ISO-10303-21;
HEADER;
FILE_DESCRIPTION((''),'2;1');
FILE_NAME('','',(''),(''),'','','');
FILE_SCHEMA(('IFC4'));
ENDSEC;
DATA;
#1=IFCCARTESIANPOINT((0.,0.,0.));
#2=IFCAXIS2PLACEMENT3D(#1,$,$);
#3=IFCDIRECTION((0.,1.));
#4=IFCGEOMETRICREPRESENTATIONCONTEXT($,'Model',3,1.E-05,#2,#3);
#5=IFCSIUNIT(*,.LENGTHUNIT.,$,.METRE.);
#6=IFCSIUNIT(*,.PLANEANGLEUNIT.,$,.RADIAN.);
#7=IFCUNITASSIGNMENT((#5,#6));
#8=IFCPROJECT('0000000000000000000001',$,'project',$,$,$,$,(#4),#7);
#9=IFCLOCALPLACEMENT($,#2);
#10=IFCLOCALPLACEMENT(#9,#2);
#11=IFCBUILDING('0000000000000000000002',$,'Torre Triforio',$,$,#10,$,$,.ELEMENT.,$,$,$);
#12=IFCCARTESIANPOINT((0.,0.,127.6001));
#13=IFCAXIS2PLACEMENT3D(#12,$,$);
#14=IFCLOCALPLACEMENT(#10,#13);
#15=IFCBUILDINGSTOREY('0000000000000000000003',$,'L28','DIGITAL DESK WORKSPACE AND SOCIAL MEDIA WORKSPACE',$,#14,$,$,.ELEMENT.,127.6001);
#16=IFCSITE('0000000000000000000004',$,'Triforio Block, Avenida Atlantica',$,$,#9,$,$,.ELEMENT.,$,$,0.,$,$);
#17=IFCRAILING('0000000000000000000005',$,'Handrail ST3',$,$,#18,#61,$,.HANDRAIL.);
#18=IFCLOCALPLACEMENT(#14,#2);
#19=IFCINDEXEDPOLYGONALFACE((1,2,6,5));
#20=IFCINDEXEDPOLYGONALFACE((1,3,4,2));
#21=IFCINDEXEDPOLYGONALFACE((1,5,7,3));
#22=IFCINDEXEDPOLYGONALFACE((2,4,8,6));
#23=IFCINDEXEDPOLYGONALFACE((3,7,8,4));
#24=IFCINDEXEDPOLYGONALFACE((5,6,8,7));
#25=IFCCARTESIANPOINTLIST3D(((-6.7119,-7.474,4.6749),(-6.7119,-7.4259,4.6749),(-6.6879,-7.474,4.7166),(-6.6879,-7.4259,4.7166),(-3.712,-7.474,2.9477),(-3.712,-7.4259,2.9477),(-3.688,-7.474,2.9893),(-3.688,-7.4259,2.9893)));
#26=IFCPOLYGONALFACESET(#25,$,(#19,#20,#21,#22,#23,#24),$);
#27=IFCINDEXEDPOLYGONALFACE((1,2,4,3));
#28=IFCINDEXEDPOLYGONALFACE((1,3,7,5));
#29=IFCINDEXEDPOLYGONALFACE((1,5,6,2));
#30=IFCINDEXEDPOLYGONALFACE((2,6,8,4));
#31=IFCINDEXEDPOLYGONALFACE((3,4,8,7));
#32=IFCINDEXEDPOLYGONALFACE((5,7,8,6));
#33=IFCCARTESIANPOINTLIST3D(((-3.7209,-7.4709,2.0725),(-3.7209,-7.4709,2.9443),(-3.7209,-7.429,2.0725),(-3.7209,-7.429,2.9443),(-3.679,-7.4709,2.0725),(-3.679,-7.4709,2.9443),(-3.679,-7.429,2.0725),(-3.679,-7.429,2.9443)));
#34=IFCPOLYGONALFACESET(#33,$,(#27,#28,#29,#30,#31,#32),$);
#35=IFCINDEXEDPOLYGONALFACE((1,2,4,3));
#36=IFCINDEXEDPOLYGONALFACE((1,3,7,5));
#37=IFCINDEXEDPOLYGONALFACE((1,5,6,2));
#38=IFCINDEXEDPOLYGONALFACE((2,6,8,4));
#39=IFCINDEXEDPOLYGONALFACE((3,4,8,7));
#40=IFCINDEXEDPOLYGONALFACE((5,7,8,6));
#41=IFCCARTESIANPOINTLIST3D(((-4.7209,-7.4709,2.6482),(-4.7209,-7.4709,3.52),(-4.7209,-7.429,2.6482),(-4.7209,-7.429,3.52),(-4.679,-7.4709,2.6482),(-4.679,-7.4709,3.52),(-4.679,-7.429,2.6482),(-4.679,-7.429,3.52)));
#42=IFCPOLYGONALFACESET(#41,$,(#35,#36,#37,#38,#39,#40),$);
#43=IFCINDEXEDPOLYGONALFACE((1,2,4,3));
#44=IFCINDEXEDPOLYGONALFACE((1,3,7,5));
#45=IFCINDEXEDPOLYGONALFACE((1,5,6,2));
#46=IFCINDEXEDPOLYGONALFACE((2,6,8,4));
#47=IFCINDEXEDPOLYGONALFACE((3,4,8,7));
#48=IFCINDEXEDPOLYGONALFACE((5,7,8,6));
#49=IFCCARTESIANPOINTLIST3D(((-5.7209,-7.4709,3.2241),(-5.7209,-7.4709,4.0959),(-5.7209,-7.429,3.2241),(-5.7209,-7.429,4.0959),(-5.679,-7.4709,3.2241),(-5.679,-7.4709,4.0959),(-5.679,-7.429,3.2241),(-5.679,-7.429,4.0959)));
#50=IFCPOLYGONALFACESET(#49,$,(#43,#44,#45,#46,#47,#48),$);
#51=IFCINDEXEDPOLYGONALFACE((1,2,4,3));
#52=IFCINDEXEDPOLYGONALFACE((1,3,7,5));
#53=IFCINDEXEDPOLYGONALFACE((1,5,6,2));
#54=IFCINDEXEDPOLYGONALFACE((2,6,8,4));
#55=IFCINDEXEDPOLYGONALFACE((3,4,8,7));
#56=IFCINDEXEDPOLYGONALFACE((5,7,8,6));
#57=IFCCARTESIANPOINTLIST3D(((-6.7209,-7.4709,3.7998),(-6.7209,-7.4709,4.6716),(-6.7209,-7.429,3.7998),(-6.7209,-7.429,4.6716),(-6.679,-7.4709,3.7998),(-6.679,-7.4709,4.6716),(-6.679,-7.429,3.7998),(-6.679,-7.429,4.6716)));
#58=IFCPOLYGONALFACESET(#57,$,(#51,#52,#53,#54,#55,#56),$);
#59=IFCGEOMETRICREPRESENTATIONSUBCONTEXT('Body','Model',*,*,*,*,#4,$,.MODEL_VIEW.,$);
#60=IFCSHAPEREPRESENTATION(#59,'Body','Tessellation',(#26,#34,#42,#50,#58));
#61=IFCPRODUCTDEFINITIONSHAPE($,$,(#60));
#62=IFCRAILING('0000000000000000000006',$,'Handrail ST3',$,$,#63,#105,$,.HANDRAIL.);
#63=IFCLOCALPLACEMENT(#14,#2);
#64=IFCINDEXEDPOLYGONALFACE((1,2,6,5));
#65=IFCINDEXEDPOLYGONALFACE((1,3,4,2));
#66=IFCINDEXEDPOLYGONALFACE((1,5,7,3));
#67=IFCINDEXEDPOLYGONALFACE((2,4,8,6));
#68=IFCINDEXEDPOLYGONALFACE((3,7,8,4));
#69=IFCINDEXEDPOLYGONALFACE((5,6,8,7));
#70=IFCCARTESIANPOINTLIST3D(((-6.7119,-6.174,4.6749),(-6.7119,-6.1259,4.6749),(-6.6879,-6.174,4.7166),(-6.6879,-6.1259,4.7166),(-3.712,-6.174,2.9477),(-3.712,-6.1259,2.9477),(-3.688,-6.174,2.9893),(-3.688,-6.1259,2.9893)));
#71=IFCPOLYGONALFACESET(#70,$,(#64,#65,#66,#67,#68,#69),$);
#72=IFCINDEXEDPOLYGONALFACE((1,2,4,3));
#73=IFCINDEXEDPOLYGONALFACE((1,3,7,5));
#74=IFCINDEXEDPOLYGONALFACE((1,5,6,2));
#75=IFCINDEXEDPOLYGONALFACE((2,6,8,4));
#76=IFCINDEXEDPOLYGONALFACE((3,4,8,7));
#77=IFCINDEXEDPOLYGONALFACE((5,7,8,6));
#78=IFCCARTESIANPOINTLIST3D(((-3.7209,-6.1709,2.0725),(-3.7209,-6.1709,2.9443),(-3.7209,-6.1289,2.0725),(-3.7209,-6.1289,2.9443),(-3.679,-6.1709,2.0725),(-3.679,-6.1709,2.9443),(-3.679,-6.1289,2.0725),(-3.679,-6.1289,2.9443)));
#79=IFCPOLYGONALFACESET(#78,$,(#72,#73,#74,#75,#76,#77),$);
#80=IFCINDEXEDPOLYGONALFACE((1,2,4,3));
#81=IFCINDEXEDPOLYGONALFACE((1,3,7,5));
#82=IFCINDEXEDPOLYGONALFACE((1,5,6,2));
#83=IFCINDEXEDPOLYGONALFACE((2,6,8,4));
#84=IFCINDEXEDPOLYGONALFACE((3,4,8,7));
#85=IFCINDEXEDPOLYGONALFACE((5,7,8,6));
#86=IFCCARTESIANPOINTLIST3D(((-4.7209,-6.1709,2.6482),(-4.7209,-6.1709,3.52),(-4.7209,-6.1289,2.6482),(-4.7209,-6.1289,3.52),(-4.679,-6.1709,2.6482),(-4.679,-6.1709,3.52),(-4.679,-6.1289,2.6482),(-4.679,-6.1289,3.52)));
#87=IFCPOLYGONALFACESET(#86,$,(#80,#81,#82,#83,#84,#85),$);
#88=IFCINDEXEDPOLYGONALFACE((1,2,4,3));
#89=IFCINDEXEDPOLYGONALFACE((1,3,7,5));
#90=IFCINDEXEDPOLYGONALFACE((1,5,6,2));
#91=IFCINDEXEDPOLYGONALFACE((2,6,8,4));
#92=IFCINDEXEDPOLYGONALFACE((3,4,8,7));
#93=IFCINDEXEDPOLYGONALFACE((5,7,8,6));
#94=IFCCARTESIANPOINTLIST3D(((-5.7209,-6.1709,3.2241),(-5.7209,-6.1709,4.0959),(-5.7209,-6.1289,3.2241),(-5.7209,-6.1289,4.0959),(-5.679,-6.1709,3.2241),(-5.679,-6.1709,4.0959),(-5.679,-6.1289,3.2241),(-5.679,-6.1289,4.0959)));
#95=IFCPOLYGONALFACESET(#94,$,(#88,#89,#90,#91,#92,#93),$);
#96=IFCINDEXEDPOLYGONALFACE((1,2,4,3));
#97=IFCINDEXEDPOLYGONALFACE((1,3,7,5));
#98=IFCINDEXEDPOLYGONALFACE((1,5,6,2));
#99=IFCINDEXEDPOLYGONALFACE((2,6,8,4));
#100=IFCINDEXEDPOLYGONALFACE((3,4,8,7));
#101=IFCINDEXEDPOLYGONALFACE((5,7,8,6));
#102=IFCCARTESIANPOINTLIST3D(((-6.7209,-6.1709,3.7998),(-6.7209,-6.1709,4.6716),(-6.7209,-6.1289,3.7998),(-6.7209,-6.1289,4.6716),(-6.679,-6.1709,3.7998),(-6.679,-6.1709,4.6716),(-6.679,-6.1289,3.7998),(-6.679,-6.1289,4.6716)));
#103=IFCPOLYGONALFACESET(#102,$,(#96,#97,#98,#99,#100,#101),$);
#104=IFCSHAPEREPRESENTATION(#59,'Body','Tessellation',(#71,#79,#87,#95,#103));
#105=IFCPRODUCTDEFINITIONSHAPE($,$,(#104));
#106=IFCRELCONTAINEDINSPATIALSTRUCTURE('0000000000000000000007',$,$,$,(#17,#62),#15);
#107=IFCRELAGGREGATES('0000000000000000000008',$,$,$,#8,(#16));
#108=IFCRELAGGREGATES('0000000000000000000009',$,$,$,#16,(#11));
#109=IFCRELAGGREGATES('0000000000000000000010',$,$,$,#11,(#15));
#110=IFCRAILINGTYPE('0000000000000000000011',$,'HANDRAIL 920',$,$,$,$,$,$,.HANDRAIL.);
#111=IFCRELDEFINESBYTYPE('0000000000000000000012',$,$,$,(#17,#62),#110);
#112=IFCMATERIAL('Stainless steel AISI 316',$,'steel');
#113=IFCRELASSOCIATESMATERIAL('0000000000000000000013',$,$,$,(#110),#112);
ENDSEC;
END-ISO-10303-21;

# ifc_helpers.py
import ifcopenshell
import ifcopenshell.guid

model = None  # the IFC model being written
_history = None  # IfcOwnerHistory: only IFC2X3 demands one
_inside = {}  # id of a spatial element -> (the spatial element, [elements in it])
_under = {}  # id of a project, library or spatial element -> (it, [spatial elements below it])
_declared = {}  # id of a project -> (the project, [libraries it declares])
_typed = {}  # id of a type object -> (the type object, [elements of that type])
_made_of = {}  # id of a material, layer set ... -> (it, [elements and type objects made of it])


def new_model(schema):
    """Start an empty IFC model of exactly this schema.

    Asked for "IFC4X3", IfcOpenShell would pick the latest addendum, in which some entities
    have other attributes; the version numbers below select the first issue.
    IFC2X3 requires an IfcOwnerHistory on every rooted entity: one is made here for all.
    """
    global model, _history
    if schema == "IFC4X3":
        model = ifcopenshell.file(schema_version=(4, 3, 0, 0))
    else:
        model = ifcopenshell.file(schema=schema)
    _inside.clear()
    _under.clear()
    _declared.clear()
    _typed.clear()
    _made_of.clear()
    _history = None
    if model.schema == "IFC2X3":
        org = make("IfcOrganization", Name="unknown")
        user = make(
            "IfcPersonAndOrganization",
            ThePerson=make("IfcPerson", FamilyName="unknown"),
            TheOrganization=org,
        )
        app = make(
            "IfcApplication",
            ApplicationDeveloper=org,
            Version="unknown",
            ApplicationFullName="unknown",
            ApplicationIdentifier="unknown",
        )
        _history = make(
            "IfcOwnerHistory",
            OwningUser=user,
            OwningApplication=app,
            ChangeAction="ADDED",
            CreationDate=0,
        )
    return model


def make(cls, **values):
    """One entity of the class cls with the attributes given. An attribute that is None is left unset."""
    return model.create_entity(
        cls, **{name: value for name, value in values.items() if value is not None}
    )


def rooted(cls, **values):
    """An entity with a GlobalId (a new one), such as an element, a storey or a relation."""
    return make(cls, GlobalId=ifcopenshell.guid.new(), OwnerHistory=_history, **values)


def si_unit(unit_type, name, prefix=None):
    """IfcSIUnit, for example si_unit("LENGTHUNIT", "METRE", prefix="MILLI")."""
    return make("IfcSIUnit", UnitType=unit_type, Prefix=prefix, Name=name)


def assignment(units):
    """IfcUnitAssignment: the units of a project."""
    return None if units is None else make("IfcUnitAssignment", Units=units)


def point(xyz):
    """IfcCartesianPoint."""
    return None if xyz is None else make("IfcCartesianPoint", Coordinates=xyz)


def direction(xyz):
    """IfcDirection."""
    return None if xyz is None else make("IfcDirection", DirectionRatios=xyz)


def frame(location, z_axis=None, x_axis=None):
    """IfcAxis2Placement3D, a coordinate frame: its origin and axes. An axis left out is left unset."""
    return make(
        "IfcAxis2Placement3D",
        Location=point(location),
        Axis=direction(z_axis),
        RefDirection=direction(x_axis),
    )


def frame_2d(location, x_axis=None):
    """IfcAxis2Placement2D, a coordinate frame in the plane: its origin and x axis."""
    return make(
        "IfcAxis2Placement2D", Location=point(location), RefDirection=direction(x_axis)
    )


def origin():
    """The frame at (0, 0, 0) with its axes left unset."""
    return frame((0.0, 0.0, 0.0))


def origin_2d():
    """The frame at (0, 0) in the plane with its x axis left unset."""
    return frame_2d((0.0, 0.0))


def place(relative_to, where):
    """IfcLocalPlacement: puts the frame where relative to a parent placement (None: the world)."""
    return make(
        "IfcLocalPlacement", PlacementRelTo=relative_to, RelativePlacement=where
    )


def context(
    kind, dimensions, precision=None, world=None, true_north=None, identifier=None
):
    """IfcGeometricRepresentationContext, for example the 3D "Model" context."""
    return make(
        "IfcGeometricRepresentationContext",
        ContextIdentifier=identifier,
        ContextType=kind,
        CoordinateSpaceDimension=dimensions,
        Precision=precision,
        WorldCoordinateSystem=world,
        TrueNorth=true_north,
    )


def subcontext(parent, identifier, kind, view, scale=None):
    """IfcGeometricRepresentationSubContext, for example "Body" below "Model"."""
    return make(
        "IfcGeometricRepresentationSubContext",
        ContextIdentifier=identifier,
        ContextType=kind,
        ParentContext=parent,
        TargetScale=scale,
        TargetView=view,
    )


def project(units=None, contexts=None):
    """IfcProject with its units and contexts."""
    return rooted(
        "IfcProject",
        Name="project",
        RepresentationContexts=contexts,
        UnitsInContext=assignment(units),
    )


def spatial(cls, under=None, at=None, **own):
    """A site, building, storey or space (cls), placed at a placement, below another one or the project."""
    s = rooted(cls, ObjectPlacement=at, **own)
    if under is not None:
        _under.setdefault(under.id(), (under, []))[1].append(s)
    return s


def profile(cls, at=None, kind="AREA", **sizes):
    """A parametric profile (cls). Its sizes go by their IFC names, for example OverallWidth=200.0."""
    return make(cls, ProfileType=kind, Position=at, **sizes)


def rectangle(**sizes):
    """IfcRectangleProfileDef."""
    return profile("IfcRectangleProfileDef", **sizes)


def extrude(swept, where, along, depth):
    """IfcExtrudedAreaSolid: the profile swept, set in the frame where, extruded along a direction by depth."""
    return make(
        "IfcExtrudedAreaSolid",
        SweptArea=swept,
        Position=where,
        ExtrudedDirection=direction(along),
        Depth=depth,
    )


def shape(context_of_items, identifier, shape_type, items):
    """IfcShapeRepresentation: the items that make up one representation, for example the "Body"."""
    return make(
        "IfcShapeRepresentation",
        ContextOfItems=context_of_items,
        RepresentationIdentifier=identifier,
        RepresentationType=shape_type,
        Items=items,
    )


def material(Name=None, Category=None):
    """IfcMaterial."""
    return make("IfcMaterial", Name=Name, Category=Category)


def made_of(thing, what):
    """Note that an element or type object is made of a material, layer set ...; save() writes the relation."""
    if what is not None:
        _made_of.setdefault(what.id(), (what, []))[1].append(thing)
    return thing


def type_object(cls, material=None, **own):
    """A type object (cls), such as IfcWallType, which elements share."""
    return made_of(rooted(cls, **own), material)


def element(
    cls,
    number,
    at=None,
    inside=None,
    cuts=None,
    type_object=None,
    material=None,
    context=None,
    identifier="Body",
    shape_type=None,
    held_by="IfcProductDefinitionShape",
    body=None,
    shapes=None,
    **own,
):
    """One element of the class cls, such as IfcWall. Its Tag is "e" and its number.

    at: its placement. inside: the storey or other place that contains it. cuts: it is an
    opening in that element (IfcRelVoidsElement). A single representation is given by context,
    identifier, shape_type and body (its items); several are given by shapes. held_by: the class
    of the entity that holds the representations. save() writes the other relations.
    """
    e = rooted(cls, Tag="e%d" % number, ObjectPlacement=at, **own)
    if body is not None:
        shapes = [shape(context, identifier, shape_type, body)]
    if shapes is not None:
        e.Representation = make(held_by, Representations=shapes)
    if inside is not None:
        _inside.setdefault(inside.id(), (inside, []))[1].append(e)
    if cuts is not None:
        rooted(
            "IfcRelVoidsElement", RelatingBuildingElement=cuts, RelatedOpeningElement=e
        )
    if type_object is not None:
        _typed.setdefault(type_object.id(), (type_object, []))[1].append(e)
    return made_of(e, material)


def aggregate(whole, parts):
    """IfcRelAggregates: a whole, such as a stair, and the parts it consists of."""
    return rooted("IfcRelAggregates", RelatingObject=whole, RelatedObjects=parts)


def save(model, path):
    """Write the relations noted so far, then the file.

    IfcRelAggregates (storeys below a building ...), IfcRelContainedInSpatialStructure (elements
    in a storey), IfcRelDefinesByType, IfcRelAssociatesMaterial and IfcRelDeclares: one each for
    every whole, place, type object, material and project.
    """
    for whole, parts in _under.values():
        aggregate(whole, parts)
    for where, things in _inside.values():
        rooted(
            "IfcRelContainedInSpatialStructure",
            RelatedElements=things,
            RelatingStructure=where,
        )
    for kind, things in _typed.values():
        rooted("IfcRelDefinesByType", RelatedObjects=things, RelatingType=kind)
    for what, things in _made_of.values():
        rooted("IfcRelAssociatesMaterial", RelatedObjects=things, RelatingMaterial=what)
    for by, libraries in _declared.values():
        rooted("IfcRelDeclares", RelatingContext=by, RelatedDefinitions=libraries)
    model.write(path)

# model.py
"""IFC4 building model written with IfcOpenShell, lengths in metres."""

from ifc_helpers import new_model, si_unit, direction, frame, origin, origin_2d, place, context, subcontext, project, spatial, rectangle, extrude, material, type_object, element, save


model = new_model("IFC4")

# Units and contexts
model_context = context("Model", 3, precision=1e-05, world=origin(), true_north=direction((0.0, 1.0)))
body_context = subcontext(model_context, "Body", "Model", "MODEL_VIEW")
ifc_project = project(units=[si_unit("LENGTHUNIT", "METRE"), si_unit("PLANEANGLEUNIT", "RADIAN")], contexts=[model_context])

# Site, building, storey
site_placement = place(None, origin())
site = spatial("IfcSite", under=ifc_project, at=site_placement, Name="Triforio Block, Avenida Atlantica", CompositionType="ELEMENT", RefElevation=0.0)
building_placement = place(site_placement, origin())
building = spatial("IfcBuilding", under=site, at=building_placement, Name="Torre Triforio", CompositionType="ELEMENT")
storey_placement = place(building_placement, frame((0.0, 0.0, 127.6001)))
storey = spatial("IfcBuildingStorey", under=building, at=storey_placement, Name="L28", Description="DIGITAL DESK WORKSPACE AND SOCIAL MEDIA WORKSPACE", CompositionType="ELEMENT", Elevation=127.6001)

# Railings
ifc_material_1 = material(Name="Stainless steel AISI 316", Category="steel")
railing_type = type_object("IfcRailingType", Name="HANDRAIL 920", PredefinedType="HANDRAIL", material=ifc_material_1)
for number, where, name in (
    (1, (-3.7, -7.45, 2.0725), "Handrail ST3"),
    (2, (-3.7, -6.1499, 2.0725), "Handrail ST3"),
):
    element("IfcRailing", number, at=place(storey_placement, frame(where)), inside=storey, type_object=railing_type, Name=name, PredefinedType="HANDRAIL", context=body_context, shape_type="SweptSolid", body=[
        extrude(rectangle(XDim=0.0481, YDim=0.0481, at=origin_2d()), frame((0.0, 0.0, 0.896), z_axis=(-0.86662, 0.0, 0.498969), x_axis=(0.0, -1.0, 0.0)), (0.0, 0.0, 1.0), 3.4617),
        extrude(rectangle(XDim=0.042, YDim=0.042, at=origin_2d()), origin(), (0.0, 0.0, 1.0), 0.8718),
        extrude(rectangle(XDim=0.042, YDim=0.042, at=origin_2d()), frame((-1.0, 0.0, 0.5757)), (0.0, 0.0, 1.0), 0.8718),
        extrude(rectangle(XDim=0.042, YDim=0.042, at=origin_2d()), frame((-2.0, 0.0, 1.1516)), (0.0, 0.0, 1.0), 0.8718),
        extrude(rectangle(XDim=0.042, YDim=0.042, at=origin_2d()), frame((-3.0, 0.0, 1.7273)), (0.0, 0.0, 1.0), 0.8718),
    ])

save(model, "model.ifc")
